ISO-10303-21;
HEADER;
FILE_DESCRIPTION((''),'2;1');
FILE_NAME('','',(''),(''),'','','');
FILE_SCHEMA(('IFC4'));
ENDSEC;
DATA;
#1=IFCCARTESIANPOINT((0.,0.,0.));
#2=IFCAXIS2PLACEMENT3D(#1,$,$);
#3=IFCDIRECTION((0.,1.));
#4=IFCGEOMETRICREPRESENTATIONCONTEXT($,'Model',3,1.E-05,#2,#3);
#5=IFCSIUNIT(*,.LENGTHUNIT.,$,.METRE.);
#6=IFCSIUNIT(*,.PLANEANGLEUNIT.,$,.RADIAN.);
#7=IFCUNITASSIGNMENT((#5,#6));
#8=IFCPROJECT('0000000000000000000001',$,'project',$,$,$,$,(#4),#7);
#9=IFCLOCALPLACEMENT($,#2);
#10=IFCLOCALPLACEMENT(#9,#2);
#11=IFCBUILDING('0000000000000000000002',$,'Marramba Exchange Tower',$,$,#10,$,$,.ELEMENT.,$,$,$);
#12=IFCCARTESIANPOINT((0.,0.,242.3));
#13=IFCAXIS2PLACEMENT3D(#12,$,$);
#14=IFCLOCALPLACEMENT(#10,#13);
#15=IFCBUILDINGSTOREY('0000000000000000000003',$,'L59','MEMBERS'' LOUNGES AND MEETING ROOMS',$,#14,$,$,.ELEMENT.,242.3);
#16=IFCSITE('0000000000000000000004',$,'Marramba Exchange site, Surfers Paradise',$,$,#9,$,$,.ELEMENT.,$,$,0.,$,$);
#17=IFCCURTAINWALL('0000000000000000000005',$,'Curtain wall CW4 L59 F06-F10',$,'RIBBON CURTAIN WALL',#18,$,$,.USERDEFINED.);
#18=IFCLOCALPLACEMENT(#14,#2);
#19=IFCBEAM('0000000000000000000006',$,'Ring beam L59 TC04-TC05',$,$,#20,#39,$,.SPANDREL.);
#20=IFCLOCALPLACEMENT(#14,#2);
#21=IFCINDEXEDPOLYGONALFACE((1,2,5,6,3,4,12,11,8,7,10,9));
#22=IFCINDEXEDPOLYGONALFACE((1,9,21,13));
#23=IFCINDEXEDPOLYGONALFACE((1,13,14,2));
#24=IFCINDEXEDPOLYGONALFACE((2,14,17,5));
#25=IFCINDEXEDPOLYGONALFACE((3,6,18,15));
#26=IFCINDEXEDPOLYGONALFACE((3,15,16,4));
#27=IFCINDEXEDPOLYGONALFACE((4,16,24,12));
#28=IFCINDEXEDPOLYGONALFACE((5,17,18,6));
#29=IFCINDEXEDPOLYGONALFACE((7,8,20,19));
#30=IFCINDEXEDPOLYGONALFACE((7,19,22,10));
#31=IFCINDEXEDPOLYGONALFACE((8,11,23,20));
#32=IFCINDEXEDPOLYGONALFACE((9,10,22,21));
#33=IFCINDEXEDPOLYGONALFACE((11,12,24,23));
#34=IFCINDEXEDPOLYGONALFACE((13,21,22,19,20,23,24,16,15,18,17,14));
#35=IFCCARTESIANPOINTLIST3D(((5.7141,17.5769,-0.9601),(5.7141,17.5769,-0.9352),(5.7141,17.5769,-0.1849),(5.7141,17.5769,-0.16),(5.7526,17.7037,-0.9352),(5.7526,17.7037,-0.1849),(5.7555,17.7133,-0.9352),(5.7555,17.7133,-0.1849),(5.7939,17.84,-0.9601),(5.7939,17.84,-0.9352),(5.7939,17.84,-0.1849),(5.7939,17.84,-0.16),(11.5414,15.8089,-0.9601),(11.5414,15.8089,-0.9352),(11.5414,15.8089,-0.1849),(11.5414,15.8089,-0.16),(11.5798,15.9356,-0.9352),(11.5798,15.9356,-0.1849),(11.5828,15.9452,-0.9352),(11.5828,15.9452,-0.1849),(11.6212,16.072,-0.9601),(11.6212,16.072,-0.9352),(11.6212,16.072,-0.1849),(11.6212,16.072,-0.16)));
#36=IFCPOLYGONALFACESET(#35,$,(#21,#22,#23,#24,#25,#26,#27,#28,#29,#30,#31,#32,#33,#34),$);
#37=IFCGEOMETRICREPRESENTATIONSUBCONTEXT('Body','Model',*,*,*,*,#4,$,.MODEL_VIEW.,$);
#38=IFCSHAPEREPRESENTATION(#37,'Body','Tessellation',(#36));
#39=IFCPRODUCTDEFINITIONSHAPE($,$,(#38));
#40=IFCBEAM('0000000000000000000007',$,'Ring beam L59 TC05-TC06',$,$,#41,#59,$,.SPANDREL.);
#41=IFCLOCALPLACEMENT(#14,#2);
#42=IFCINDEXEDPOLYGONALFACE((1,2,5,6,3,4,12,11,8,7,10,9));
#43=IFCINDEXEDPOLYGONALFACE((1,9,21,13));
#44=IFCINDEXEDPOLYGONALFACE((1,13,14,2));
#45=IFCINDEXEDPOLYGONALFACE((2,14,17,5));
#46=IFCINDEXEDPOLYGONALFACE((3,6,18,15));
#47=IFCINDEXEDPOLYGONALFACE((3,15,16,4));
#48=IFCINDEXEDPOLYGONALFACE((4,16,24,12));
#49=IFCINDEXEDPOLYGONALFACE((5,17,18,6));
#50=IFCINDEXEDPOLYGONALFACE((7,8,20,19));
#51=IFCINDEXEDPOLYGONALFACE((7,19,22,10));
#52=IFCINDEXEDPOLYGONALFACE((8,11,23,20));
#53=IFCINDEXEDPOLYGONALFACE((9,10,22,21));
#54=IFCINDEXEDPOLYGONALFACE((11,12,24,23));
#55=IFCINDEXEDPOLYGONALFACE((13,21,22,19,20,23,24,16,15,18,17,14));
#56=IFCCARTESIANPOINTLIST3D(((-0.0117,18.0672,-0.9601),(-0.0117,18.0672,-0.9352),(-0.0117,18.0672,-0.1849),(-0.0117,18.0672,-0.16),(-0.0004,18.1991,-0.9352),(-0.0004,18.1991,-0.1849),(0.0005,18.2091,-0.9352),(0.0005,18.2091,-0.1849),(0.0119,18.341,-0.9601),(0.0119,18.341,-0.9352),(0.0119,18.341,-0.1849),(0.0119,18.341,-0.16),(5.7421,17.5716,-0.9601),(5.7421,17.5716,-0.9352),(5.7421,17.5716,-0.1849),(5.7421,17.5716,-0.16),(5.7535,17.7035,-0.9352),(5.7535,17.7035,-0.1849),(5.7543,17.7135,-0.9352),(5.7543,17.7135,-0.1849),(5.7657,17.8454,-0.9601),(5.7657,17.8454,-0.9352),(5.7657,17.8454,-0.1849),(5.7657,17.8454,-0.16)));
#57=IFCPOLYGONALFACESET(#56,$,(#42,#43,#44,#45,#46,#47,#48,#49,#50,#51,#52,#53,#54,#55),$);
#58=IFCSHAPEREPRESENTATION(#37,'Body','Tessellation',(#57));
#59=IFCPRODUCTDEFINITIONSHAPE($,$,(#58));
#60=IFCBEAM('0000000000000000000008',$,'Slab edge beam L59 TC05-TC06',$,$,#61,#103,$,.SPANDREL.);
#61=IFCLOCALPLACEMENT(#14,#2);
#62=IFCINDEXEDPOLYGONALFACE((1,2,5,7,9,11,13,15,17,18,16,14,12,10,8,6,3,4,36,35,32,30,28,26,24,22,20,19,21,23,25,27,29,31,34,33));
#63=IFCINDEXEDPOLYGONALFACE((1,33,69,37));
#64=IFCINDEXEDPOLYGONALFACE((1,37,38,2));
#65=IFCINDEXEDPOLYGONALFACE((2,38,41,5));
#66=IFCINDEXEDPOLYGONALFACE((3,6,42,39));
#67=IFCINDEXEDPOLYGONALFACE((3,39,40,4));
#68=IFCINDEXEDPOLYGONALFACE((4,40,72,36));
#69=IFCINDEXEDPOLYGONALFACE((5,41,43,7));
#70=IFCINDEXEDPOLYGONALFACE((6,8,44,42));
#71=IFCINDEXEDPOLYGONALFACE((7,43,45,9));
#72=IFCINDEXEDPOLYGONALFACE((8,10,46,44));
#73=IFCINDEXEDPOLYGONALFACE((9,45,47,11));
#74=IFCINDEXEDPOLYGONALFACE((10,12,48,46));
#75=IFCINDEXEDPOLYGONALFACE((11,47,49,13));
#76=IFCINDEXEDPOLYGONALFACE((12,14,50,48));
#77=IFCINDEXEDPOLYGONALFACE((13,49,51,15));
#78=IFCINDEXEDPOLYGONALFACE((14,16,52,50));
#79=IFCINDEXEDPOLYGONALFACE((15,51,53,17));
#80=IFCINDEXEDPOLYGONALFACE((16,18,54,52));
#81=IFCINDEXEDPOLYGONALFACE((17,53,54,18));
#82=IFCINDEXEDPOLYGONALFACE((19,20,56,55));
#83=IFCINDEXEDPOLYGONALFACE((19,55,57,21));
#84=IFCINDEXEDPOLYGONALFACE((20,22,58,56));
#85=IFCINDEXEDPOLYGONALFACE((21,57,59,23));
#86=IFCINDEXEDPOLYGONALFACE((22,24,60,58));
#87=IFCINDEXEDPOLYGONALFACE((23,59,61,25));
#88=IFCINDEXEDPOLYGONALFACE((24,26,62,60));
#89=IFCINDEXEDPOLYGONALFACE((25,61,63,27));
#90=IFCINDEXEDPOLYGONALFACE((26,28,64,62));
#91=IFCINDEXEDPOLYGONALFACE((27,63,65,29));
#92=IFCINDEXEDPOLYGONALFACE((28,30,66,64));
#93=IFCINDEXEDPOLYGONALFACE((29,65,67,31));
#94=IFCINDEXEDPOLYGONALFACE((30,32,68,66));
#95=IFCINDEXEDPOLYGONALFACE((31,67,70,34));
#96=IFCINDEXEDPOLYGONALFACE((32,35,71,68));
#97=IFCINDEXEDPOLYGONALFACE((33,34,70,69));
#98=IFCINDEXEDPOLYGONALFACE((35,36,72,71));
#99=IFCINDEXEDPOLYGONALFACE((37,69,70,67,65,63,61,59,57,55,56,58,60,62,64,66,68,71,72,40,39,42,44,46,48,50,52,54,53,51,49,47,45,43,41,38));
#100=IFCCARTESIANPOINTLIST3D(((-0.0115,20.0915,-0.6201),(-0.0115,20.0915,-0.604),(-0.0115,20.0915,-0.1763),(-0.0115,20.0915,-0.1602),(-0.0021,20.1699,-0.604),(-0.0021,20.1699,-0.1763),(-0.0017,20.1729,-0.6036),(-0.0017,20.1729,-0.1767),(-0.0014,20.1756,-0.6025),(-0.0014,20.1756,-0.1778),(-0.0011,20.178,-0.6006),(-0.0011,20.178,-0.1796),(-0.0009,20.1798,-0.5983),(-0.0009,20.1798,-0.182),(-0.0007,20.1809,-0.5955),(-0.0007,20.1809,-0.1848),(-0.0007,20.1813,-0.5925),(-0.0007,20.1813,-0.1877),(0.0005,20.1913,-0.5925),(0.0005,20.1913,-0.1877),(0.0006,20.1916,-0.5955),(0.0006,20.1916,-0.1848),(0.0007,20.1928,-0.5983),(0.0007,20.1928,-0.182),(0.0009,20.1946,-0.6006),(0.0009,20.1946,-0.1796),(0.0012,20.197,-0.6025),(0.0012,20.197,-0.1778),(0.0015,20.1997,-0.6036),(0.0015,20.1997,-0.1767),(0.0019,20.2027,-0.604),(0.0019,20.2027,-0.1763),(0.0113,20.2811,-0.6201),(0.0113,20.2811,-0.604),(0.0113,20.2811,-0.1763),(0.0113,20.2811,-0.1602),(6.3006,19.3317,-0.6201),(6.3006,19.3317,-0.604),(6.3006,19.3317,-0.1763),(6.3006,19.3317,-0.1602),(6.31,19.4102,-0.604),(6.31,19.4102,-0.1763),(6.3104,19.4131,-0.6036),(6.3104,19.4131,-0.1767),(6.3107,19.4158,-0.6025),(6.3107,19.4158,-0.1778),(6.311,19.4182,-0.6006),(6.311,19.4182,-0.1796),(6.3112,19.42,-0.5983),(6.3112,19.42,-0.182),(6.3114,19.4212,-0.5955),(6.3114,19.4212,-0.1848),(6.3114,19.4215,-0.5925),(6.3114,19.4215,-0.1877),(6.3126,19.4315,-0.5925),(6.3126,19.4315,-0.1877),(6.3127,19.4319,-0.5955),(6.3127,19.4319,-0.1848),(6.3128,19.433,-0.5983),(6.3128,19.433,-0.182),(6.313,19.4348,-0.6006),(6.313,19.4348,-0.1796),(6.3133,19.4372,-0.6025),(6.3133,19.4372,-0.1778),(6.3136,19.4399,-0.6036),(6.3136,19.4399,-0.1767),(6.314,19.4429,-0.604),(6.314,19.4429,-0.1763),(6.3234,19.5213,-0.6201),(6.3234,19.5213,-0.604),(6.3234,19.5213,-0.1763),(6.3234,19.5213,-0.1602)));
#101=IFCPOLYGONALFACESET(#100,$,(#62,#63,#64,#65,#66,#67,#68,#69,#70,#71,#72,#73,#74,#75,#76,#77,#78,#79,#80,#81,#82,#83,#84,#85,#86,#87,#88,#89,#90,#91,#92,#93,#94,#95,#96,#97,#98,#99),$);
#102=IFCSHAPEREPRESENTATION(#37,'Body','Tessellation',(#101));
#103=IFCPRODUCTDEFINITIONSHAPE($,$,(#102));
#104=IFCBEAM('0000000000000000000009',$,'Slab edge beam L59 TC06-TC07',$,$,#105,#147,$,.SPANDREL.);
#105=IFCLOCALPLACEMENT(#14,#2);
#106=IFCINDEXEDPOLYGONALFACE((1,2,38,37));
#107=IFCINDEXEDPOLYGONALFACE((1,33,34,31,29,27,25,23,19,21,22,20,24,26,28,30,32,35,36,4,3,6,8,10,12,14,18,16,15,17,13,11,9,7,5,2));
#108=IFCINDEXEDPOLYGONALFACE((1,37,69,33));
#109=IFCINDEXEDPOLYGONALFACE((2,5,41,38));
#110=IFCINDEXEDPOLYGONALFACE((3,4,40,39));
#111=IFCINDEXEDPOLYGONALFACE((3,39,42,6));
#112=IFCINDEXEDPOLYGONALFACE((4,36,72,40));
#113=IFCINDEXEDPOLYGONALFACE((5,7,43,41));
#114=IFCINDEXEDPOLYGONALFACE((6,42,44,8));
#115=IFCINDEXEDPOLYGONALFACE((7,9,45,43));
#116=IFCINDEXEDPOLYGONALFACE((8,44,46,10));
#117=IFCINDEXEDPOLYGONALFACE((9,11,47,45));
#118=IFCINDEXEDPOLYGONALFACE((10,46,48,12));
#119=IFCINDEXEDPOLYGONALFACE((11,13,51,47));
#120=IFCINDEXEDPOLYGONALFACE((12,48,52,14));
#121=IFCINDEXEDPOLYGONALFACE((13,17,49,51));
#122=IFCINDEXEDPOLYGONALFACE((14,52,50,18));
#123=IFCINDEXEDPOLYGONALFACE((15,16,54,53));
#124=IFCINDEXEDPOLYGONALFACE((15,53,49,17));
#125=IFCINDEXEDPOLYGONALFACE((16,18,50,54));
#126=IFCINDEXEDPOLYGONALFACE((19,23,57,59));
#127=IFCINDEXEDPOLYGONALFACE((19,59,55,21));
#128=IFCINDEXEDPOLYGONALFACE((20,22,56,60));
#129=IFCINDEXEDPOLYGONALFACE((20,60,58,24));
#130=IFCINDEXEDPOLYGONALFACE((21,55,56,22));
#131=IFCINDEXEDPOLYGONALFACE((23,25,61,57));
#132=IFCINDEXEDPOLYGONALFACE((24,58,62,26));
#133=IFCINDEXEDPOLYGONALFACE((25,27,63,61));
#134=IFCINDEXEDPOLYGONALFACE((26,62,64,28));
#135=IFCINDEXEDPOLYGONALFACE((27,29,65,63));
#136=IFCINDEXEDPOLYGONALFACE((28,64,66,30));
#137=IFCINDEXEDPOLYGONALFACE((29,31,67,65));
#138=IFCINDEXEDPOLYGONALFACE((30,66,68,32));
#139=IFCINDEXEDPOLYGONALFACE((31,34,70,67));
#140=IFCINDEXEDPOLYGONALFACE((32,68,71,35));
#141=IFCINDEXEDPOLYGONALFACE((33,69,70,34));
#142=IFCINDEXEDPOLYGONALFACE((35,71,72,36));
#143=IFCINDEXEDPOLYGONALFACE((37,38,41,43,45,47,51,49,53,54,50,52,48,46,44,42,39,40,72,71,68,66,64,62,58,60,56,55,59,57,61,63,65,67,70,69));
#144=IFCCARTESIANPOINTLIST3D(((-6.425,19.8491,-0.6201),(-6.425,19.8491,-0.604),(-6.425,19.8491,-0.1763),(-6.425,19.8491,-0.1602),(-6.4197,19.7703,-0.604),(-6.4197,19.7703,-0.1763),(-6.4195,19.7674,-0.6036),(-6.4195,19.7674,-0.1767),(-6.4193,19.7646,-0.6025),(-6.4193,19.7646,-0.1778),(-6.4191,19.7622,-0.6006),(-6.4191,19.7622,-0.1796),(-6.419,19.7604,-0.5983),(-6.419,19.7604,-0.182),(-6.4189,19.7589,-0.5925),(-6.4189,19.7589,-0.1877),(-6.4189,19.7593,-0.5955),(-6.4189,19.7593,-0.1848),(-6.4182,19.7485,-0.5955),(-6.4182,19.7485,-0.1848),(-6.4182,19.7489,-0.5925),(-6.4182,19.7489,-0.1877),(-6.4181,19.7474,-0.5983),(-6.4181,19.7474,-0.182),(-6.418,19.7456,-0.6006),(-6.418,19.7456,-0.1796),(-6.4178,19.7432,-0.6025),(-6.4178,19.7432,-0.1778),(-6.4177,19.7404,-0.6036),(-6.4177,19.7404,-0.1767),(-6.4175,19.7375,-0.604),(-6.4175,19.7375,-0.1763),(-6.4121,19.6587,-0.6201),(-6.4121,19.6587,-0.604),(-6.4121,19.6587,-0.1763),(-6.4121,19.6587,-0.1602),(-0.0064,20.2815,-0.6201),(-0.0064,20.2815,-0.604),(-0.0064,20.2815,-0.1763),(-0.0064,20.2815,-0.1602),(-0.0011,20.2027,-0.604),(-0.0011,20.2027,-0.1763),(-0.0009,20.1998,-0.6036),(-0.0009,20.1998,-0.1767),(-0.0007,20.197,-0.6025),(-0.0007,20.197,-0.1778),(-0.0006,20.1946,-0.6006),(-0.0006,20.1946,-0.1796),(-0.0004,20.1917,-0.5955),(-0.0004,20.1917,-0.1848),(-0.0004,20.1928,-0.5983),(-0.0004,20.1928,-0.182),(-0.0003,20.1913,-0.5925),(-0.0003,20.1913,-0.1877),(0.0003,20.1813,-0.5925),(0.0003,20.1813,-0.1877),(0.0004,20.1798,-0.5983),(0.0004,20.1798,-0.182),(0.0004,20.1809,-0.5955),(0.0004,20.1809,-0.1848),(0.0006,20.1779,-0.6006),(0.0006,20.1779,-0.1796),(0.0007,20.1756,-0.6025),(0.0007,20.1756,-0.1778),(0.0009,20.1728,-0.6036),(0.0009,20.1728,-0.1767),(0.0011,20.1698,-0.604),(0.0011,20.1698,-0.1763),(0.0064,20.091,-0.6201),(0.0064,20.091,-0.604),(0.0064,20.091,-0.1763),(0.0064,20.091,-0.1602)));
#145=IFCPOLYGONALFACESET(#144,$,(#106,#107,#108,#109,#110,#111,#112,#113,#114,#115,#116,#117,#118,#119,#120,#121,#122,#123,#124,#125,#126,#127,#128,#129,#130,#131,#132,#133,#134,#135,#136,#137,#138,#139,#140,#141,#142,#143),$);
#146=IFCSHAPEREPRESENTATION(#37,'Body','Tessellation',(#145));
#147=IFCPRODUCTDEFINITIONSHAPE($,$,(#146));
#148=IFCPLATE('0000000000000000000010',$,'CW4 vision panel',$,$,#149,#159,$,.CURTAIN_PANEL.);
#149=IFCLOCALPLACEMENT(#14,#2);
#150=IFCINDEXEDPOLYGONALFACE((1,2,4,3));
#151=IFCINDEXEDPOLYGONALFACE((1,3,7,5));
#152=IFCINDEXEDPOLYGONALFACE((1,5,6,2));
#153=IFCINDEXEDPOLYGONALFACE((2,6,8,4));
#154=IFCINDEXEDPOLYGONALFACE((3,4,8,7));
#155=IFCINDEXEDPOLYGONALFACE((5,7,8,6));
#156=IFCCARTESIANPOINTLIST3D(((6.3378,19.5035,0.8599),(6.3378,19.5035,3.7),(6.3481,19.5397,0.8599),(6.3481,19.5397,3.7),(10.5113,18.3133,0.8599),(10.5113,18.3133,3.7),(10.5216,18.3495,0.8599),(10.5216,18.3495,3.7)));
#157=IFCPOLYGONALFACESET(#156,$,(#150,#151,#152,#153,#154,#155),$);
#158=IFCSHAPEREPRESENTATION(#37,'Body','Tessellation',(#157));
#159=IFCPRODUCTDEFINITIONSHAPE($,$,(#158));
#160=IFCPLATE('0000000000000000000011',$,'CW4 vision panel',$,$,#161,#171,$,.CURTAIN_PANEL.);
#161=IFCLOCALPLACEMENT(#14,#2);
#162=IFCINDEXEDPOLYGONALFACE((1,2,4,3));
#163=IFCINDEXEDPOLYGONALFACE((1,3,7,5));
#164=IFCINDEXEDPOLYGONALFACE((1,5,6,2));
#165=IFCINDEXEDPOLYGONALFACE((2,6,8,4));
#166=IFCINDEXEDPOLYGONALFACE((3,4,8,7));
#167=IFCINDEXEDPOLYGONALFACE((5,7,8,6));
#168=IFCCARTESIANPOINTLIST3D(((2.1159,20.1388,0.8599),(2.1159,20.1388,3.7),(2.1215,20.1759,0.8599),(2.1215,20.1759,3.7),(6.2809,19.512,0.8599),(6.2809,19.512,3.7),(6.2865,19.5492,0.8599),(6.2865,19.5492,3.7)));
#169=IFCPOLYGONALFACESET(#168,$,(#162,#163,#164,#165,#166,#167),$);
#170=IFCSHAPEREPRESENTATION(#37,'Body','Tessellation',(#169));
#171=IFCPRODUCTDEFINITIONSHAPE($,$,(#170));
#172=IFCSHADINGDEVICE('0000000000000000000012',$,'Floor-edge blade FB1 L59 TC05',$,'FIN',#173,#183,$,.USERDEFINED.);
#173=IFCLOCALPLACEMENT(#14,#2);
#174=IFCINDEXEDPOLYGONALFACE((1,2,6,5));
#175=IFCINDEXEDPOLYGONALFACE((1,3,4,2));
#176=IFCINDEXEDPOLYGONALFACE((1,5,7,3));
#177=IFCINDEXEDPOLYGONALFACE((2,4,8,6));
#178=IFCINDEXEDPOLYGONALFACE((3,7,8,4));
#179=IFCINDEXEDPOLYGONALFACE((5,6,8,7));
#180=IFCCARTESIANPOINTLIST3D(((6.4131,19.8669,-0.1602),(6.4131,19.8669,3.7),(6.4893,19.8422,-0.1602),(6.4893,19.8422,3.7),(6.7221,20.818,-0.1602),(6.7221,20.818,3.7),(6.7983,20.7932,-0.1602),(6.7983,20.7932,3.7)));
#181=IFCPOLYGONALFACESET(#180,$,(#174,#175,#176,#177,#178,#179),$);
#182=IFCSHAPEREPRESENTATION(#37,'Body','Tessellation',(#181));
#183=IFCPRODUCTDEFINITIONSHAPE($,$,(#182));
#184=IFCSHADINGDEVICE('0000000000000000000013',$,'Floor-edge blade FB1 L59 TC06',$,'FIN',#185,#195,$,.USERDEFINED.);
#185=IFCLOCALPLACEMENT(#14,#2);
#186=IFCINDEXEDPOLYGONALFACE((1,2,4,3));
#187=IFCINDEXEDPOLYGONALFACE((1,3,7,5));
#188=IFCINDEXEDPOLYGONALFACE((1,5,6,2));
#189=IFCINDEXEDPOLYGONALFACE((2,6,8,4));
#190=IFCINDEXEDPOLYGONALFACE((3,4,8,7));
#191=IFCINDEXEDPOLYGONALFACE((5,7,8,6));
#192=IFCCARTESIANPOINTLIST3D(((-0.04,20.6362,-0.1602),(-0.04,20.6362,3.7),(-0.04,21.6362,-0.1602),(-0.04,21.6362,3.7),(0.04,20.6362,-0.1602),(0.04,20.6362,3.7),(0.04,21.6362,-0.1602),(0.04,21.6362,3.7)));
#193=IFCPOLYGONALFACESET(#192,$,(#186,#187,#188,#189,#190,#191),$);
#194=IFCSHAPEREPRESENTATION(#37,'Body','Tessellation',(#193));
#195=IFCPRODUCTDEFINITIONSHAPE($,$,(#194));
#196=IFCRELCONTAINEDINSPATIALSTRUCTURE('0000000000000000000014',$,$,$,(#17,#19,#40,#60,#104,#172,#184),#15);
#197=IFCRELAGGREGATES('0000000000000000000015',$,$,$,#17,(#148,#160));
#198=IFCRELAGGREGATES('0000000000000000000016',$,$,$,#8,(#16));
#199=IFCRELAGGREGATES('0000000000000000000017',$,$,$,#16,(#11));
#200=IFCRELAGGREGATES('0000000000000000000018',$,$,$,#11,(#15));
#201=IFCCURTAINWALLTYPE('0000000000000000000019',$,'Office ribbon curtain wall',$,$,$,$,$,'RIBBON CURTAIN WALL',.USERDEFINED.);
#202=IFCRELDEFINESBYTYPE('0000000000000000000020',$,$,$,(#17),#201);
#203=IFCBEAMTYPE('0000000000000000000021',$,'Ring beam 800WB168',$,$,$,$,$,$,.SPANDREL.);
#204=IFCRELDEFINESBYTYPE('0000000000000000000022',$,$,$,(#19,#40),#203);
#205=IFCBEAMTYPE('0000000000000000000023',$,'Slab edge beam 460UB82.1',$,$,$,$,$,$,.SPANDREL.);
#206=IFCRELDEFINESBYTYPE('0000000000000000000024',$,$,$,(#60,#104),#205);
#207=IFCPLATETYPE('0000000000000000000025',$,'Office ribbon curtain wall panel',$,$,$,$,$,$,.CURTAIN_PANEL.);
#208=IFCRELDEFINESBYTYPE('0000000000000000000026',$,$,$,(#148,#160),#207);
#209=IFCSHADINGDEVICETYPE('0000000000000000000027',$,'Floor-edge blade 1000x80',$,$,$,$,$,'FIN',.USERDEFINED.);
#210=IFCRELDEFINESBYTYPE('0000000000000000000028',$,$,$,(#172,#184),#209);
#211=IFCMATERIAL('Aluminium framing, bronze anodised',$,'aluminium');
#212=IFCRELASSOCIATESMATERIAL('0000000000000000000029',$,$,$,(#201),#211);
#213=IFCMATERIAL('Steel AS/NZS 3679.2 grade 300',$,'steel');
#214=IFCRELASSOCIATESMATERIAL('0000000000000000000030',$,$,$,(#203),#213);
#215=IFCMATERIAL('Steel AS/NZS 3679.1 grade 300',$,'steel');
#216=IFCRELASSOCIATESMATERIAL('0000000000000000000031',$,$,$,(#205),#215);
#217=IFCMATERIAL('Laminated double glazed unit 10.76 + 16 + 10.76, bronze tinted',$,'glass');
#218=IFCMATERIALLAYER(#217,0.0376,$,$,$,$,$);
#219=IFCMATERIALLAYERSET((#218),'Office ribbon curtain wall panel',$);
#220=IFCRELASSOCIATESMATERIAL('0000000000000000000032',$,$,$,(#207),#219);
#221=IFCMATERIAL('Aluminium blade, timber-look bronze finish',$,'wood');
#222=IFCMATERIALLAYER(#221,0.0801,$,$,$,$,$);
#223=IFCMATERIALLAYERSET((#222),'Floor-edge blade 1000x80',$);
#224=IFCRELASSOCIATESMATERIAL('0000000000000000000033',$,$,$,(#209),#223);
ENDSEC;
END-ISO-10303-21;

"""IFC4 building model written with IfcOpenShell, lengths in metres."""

from ifc_helpers import new_model, si_unit, direction, frame, origin, origin_2d, place, context, subcontext, project, spatial, rectangle, i_section, extrude, material, layer, layer_set, material_profile, profile_set, type_object, element, aggregate, save


model = new_model("IFC4")

# Units and contexts
model_context = context("Model", 3, precision=1e-05, world=origin(), true_north=direction((0.0, 1.0)))
body_context = subcontext(model_context, "Body", "Model", "MODEL_VIEW")
ifc_project = project(units=[si_unit("LENGTHUNIT", "METRE"), si_unit("PLANEANGLEUNIT", "RADIAN")], contexts=[model_context])

# Site, building, storey
site_placement = place(None, origin())
site = spatial("IfcSite", under=ifc_project, at=site_placement, Name="Marramba Exchange site, Surfers Paradise", CompositionType="ELEMENT", RefElevation=0.0)
building_placement = place(site_placement, origin())
building = spatial("IfcBuilding", under=site, at=building_placement, Name="Marramba Exchange Tower", CompositionType="ELEMENT")
storey_placement = place(building_placement, frame((0.0, 0.0, 242.3)))
storey = spatial("IfcBuildingStorey", under=building, at=storey_placement, Name="L59", Description="MEMBERS' LOUNGES AND MEETING ROOMS", CompositionType="ELEMENT", Elevation=242.3)

# Shared definitions
ifc_material_1 = material(Name="Steel AS/NZS 3679.2 grade 300", Category="steel")

# Curtain wall
ifc_material_2 = material(Name="Aluminium framing, bronze anodised", Category="aluminium")
curtain_wall_type = type_object("IfcCurtainWallType", Name="Office ribbon curtain wall", ElementType="RIBBON CURTAIN WALL", PredefinedType="USERDEFINED", material=ifc_material_2)
curtain_wall_placement = place(storey_placement, origin())
curtain_wall = element("IfcCurtainWall", 1, at=curtain_wall_placement, inside=storey, type_object=curtain_wall_type, Name="Curtain wall CW4 L59 F06-F10", ObjectType="RIBBON CURTAIN WALL", PredefinedType="USERDEFINED")

# Beams
ifc_material_profile_1 = material_profile(ifc_material_1, i_section(OverallWidth=0.2749, OverallDepth=0.8, WebThickness=0.01, FlangeThickness=0.0249, at=origin_2d()), Name="800WB168")
ifc_profile_set_1 = profile_set([ifc_material_profile_1], Name="Steel AS/NZS 3679.2 grade 300")
beam_type_1 = type_object("IfcBeamType", Name="Ring beam 800WB168", PredefinedType="SPANDREL", material=ifc_profile_set_1)
beam_1_placement = place(storey_placement, frame((11.5813, 15.9404, -0.5601), z_axis=(-0.956925, 0.290337, 0.0), x_axis=(-0.290337, -0.956925, 0.0)))
element("IfcBeam", 2, at=beam_1_placement, inside=storey, type_object=beam_type_1, Name="Ring beam L59 TC04-TC05", PredefinedType="SPANDREL", context=body_context, shape_type="SweptSolid", body=[
    extrude(i_section(OverallWidth=0.2749, OverallDepth=0.8, WebThickness=0.01, FlangeThickness=0.0249, at=origin_2d()), origin(), (0.0, 0.0, 1.0), 6.0896),
])
beam_2_placement = place(storey_placement, frame((5.7539, 17.7085, -0.5601), z_axis=(-0.996311, 0.085816, 0.0), x_axis=(-0.085816, -0.996311, 0.0)))
element("IfcBeam", 3, at=beam_2_placement, inside=storey, type_object=beam_type_1, Name="Ring beam L59 TC05-TC06", PredefinedType="SPANDREL", context=body_context, shape_type="SweptSolid", body=[
    extrude(i_section(OverallWidth=0.2749, OverallDepth=0.8, WebThickness=0.01, FlangeThickness=0.0249, at=origin_2d()), origin(), (0.0, 0.0, 1.0), 5.7751),
])
ifc_material_3 = material(Name="Steel AS/NZS 3679.1 grade 300", Category="steel")
ifc_material_profile_2 = material_profile(ifc_material_3, i_section(OverallWidth=0.1909, OverallDepth=0.46, WebThickness=0.01, FlangeThickness=0.0161, FilletRadius=0.0115, at=origin_2d()), Name="460UB82.1")
ifc_profile_set_2 = profile_set([ifc_material_profile_2], Name="Steel AS/NZS 3679.1 grade 300")
beam_type_2 = type_object("IfcBeamType", Name="Slab edge beam 460UB82.1", PredefinedType="SPANDREL", material=ifc_profile_set_2)
beam_3_placement = place(storey_placement, frame((6.312, 19.4265, -0.3901), z_axis=(-0.992834, 0.119506, 0.0), x_axis=(-0.119506, -0.992834, 0.0)))
element("IfcBeam", 4, at=beam_3_placement, inside=storey, type_object=beam_type_2, Name="Slab edge beam L59 TC05-TC06", PredefinedType="SPANDREL", context=body_context, shape_type="SweptSolid", body=[
    extrude(i_section(OverallWidth=0.1909, OverallDepth=0.46, WebThickness=0.01, FlangeThickness=0.0161, FilletRadius=0.0115, at=origin_2d()), origin(), (0.0, 0.0, 1.0), 6.3577),
])
beam_4_placement = place(storey_placement, frame((0.0, 20.1863, -0.3901), z_axis=(-0.997739, -0.067212, 0.0), x_axis=(0.067212, -0.997739, 0.0)))
element("IfcBeam", 5, at=beam_4_placement, inside=storey, type_object=beam_type_2, Name="Slab edge beam L59 TC06-TC07", PredefinedType="SPANDREL", context=body_context, shape_type="SweptSolid", body=[
    extrude(i_section(OverallWidth=0.1909, OverallDepth=0.46, WebThickness=0.01, FlangeThickness=0.0161, FilletRadius=0.0115, at=origin_2d()), origin(), (0.0, 0.0, 1.0), 6.4331),
])

# Plates
ifc_material_4 = material(Name="Laminated double glazed unit 10.76 + 16 + 10.76, bronze tinted", Category="glass")
ifc_layer_1 = layer(ifc_material_4, 0.0376)
ifc_layer_set_1 = layer_set([ifc_layer_1], Name="Office ribbon curtain wall panel")
plate_type = type_object("IfcPlateType", Name="Office ribbon curtain wall panel", PredefinedType="CURTAIN_PANEL", material=ifc_layer_set_1)
plate_1_placement = place(storey_placement, frame((8.4297, 18.9265, 0.8599), z_axis=(0.0, 0.0, 1.0), x_axis=(-0.961659, 0.274248, 0.0)))
plate_1 = element("IfcPlate", 6, at=plate_1_placement, type_object=plate_type, Name="CW4 vision panel", PredefinedType="CURTAIN_PANEL", context=body_context, shape_type="SweptSolid", body=[
    extrude(rectangle(XDim=4.3398, YDim=0.0376, at=origin_2d()), origin(), (0.0, 0.0, 1.0), 2.8401),
])
plate_2_placement = place(storey_placement, frame((4.2012, 19.844, 0.8599), z_axis=(0.0, 0.0, 1.0), x_axis=(-0.988868, 0.148795, 0.0)))
plate_2 = element("IfcPlate", 7, at=plate_2_placement, type_object=plate_type, Name="CW4 vision panel", PredefinedType="CURTAIN_PANEL", context=body_context, shape_type="SweptSolid", body=[
    extrude(rectangle(XDim=4.2119, YDim=0.0376, at=origin_2d()), origin(), (0.0, 0.0, 1.0), 2.8401),
])
aggregate(curtain_wall, [plate_1, plate_2])

# Shading devices
ifc_material_5 = material(Name="Aluminium blade, timber-look bronze finish", Category="wood")
ifc_layer_2 = layer(ifc_material_5, 0.0801)
ifc_layer_set_2 = layer_set([ifc_layer_2], Name="Floor-edge blade 1000x80")
shading_device_type_1 = type_object("IfcShadingDeviceType", Name="Floor-edge blade 1000x80", ElementType="FIN", PredefinedType="USERDEFINED", material=ifc_layer_set_2)
for number, where, z_axis, x_axis, name in (
    (8, (6.6057, 20.3301, -0.1602), (0.0, 0.0, 1.0), (0.309017, 0.951057, 0.0), "Floor-edge blade FB1 L59 TC05"),
    (9, (0.0, 21.1362, -0.1602), (0.0, 0.0, 1.0), (0.0, 1.0, 0.0), "Floor-edge blade FB1 L59 TC06"),
):
    element("IfcShadingDevice", number, at=place(storey_placement, frame(where, z_axis=z_axis, x_axis=x_axis)), inside=storey, type_object=shading_device_type_1, Name=name, ObjectType="FIN", PredefinedType="USERDEFINED", context=body_context, shape_type="SweptSolid", body=[
        extrude(rectangle(XDim=1.0, YDim=0.0801, at=origin_2d()), origin(), (0.0, 0.0, 1.0), 3.8601),
    ])

save(model, "model.ifc")
